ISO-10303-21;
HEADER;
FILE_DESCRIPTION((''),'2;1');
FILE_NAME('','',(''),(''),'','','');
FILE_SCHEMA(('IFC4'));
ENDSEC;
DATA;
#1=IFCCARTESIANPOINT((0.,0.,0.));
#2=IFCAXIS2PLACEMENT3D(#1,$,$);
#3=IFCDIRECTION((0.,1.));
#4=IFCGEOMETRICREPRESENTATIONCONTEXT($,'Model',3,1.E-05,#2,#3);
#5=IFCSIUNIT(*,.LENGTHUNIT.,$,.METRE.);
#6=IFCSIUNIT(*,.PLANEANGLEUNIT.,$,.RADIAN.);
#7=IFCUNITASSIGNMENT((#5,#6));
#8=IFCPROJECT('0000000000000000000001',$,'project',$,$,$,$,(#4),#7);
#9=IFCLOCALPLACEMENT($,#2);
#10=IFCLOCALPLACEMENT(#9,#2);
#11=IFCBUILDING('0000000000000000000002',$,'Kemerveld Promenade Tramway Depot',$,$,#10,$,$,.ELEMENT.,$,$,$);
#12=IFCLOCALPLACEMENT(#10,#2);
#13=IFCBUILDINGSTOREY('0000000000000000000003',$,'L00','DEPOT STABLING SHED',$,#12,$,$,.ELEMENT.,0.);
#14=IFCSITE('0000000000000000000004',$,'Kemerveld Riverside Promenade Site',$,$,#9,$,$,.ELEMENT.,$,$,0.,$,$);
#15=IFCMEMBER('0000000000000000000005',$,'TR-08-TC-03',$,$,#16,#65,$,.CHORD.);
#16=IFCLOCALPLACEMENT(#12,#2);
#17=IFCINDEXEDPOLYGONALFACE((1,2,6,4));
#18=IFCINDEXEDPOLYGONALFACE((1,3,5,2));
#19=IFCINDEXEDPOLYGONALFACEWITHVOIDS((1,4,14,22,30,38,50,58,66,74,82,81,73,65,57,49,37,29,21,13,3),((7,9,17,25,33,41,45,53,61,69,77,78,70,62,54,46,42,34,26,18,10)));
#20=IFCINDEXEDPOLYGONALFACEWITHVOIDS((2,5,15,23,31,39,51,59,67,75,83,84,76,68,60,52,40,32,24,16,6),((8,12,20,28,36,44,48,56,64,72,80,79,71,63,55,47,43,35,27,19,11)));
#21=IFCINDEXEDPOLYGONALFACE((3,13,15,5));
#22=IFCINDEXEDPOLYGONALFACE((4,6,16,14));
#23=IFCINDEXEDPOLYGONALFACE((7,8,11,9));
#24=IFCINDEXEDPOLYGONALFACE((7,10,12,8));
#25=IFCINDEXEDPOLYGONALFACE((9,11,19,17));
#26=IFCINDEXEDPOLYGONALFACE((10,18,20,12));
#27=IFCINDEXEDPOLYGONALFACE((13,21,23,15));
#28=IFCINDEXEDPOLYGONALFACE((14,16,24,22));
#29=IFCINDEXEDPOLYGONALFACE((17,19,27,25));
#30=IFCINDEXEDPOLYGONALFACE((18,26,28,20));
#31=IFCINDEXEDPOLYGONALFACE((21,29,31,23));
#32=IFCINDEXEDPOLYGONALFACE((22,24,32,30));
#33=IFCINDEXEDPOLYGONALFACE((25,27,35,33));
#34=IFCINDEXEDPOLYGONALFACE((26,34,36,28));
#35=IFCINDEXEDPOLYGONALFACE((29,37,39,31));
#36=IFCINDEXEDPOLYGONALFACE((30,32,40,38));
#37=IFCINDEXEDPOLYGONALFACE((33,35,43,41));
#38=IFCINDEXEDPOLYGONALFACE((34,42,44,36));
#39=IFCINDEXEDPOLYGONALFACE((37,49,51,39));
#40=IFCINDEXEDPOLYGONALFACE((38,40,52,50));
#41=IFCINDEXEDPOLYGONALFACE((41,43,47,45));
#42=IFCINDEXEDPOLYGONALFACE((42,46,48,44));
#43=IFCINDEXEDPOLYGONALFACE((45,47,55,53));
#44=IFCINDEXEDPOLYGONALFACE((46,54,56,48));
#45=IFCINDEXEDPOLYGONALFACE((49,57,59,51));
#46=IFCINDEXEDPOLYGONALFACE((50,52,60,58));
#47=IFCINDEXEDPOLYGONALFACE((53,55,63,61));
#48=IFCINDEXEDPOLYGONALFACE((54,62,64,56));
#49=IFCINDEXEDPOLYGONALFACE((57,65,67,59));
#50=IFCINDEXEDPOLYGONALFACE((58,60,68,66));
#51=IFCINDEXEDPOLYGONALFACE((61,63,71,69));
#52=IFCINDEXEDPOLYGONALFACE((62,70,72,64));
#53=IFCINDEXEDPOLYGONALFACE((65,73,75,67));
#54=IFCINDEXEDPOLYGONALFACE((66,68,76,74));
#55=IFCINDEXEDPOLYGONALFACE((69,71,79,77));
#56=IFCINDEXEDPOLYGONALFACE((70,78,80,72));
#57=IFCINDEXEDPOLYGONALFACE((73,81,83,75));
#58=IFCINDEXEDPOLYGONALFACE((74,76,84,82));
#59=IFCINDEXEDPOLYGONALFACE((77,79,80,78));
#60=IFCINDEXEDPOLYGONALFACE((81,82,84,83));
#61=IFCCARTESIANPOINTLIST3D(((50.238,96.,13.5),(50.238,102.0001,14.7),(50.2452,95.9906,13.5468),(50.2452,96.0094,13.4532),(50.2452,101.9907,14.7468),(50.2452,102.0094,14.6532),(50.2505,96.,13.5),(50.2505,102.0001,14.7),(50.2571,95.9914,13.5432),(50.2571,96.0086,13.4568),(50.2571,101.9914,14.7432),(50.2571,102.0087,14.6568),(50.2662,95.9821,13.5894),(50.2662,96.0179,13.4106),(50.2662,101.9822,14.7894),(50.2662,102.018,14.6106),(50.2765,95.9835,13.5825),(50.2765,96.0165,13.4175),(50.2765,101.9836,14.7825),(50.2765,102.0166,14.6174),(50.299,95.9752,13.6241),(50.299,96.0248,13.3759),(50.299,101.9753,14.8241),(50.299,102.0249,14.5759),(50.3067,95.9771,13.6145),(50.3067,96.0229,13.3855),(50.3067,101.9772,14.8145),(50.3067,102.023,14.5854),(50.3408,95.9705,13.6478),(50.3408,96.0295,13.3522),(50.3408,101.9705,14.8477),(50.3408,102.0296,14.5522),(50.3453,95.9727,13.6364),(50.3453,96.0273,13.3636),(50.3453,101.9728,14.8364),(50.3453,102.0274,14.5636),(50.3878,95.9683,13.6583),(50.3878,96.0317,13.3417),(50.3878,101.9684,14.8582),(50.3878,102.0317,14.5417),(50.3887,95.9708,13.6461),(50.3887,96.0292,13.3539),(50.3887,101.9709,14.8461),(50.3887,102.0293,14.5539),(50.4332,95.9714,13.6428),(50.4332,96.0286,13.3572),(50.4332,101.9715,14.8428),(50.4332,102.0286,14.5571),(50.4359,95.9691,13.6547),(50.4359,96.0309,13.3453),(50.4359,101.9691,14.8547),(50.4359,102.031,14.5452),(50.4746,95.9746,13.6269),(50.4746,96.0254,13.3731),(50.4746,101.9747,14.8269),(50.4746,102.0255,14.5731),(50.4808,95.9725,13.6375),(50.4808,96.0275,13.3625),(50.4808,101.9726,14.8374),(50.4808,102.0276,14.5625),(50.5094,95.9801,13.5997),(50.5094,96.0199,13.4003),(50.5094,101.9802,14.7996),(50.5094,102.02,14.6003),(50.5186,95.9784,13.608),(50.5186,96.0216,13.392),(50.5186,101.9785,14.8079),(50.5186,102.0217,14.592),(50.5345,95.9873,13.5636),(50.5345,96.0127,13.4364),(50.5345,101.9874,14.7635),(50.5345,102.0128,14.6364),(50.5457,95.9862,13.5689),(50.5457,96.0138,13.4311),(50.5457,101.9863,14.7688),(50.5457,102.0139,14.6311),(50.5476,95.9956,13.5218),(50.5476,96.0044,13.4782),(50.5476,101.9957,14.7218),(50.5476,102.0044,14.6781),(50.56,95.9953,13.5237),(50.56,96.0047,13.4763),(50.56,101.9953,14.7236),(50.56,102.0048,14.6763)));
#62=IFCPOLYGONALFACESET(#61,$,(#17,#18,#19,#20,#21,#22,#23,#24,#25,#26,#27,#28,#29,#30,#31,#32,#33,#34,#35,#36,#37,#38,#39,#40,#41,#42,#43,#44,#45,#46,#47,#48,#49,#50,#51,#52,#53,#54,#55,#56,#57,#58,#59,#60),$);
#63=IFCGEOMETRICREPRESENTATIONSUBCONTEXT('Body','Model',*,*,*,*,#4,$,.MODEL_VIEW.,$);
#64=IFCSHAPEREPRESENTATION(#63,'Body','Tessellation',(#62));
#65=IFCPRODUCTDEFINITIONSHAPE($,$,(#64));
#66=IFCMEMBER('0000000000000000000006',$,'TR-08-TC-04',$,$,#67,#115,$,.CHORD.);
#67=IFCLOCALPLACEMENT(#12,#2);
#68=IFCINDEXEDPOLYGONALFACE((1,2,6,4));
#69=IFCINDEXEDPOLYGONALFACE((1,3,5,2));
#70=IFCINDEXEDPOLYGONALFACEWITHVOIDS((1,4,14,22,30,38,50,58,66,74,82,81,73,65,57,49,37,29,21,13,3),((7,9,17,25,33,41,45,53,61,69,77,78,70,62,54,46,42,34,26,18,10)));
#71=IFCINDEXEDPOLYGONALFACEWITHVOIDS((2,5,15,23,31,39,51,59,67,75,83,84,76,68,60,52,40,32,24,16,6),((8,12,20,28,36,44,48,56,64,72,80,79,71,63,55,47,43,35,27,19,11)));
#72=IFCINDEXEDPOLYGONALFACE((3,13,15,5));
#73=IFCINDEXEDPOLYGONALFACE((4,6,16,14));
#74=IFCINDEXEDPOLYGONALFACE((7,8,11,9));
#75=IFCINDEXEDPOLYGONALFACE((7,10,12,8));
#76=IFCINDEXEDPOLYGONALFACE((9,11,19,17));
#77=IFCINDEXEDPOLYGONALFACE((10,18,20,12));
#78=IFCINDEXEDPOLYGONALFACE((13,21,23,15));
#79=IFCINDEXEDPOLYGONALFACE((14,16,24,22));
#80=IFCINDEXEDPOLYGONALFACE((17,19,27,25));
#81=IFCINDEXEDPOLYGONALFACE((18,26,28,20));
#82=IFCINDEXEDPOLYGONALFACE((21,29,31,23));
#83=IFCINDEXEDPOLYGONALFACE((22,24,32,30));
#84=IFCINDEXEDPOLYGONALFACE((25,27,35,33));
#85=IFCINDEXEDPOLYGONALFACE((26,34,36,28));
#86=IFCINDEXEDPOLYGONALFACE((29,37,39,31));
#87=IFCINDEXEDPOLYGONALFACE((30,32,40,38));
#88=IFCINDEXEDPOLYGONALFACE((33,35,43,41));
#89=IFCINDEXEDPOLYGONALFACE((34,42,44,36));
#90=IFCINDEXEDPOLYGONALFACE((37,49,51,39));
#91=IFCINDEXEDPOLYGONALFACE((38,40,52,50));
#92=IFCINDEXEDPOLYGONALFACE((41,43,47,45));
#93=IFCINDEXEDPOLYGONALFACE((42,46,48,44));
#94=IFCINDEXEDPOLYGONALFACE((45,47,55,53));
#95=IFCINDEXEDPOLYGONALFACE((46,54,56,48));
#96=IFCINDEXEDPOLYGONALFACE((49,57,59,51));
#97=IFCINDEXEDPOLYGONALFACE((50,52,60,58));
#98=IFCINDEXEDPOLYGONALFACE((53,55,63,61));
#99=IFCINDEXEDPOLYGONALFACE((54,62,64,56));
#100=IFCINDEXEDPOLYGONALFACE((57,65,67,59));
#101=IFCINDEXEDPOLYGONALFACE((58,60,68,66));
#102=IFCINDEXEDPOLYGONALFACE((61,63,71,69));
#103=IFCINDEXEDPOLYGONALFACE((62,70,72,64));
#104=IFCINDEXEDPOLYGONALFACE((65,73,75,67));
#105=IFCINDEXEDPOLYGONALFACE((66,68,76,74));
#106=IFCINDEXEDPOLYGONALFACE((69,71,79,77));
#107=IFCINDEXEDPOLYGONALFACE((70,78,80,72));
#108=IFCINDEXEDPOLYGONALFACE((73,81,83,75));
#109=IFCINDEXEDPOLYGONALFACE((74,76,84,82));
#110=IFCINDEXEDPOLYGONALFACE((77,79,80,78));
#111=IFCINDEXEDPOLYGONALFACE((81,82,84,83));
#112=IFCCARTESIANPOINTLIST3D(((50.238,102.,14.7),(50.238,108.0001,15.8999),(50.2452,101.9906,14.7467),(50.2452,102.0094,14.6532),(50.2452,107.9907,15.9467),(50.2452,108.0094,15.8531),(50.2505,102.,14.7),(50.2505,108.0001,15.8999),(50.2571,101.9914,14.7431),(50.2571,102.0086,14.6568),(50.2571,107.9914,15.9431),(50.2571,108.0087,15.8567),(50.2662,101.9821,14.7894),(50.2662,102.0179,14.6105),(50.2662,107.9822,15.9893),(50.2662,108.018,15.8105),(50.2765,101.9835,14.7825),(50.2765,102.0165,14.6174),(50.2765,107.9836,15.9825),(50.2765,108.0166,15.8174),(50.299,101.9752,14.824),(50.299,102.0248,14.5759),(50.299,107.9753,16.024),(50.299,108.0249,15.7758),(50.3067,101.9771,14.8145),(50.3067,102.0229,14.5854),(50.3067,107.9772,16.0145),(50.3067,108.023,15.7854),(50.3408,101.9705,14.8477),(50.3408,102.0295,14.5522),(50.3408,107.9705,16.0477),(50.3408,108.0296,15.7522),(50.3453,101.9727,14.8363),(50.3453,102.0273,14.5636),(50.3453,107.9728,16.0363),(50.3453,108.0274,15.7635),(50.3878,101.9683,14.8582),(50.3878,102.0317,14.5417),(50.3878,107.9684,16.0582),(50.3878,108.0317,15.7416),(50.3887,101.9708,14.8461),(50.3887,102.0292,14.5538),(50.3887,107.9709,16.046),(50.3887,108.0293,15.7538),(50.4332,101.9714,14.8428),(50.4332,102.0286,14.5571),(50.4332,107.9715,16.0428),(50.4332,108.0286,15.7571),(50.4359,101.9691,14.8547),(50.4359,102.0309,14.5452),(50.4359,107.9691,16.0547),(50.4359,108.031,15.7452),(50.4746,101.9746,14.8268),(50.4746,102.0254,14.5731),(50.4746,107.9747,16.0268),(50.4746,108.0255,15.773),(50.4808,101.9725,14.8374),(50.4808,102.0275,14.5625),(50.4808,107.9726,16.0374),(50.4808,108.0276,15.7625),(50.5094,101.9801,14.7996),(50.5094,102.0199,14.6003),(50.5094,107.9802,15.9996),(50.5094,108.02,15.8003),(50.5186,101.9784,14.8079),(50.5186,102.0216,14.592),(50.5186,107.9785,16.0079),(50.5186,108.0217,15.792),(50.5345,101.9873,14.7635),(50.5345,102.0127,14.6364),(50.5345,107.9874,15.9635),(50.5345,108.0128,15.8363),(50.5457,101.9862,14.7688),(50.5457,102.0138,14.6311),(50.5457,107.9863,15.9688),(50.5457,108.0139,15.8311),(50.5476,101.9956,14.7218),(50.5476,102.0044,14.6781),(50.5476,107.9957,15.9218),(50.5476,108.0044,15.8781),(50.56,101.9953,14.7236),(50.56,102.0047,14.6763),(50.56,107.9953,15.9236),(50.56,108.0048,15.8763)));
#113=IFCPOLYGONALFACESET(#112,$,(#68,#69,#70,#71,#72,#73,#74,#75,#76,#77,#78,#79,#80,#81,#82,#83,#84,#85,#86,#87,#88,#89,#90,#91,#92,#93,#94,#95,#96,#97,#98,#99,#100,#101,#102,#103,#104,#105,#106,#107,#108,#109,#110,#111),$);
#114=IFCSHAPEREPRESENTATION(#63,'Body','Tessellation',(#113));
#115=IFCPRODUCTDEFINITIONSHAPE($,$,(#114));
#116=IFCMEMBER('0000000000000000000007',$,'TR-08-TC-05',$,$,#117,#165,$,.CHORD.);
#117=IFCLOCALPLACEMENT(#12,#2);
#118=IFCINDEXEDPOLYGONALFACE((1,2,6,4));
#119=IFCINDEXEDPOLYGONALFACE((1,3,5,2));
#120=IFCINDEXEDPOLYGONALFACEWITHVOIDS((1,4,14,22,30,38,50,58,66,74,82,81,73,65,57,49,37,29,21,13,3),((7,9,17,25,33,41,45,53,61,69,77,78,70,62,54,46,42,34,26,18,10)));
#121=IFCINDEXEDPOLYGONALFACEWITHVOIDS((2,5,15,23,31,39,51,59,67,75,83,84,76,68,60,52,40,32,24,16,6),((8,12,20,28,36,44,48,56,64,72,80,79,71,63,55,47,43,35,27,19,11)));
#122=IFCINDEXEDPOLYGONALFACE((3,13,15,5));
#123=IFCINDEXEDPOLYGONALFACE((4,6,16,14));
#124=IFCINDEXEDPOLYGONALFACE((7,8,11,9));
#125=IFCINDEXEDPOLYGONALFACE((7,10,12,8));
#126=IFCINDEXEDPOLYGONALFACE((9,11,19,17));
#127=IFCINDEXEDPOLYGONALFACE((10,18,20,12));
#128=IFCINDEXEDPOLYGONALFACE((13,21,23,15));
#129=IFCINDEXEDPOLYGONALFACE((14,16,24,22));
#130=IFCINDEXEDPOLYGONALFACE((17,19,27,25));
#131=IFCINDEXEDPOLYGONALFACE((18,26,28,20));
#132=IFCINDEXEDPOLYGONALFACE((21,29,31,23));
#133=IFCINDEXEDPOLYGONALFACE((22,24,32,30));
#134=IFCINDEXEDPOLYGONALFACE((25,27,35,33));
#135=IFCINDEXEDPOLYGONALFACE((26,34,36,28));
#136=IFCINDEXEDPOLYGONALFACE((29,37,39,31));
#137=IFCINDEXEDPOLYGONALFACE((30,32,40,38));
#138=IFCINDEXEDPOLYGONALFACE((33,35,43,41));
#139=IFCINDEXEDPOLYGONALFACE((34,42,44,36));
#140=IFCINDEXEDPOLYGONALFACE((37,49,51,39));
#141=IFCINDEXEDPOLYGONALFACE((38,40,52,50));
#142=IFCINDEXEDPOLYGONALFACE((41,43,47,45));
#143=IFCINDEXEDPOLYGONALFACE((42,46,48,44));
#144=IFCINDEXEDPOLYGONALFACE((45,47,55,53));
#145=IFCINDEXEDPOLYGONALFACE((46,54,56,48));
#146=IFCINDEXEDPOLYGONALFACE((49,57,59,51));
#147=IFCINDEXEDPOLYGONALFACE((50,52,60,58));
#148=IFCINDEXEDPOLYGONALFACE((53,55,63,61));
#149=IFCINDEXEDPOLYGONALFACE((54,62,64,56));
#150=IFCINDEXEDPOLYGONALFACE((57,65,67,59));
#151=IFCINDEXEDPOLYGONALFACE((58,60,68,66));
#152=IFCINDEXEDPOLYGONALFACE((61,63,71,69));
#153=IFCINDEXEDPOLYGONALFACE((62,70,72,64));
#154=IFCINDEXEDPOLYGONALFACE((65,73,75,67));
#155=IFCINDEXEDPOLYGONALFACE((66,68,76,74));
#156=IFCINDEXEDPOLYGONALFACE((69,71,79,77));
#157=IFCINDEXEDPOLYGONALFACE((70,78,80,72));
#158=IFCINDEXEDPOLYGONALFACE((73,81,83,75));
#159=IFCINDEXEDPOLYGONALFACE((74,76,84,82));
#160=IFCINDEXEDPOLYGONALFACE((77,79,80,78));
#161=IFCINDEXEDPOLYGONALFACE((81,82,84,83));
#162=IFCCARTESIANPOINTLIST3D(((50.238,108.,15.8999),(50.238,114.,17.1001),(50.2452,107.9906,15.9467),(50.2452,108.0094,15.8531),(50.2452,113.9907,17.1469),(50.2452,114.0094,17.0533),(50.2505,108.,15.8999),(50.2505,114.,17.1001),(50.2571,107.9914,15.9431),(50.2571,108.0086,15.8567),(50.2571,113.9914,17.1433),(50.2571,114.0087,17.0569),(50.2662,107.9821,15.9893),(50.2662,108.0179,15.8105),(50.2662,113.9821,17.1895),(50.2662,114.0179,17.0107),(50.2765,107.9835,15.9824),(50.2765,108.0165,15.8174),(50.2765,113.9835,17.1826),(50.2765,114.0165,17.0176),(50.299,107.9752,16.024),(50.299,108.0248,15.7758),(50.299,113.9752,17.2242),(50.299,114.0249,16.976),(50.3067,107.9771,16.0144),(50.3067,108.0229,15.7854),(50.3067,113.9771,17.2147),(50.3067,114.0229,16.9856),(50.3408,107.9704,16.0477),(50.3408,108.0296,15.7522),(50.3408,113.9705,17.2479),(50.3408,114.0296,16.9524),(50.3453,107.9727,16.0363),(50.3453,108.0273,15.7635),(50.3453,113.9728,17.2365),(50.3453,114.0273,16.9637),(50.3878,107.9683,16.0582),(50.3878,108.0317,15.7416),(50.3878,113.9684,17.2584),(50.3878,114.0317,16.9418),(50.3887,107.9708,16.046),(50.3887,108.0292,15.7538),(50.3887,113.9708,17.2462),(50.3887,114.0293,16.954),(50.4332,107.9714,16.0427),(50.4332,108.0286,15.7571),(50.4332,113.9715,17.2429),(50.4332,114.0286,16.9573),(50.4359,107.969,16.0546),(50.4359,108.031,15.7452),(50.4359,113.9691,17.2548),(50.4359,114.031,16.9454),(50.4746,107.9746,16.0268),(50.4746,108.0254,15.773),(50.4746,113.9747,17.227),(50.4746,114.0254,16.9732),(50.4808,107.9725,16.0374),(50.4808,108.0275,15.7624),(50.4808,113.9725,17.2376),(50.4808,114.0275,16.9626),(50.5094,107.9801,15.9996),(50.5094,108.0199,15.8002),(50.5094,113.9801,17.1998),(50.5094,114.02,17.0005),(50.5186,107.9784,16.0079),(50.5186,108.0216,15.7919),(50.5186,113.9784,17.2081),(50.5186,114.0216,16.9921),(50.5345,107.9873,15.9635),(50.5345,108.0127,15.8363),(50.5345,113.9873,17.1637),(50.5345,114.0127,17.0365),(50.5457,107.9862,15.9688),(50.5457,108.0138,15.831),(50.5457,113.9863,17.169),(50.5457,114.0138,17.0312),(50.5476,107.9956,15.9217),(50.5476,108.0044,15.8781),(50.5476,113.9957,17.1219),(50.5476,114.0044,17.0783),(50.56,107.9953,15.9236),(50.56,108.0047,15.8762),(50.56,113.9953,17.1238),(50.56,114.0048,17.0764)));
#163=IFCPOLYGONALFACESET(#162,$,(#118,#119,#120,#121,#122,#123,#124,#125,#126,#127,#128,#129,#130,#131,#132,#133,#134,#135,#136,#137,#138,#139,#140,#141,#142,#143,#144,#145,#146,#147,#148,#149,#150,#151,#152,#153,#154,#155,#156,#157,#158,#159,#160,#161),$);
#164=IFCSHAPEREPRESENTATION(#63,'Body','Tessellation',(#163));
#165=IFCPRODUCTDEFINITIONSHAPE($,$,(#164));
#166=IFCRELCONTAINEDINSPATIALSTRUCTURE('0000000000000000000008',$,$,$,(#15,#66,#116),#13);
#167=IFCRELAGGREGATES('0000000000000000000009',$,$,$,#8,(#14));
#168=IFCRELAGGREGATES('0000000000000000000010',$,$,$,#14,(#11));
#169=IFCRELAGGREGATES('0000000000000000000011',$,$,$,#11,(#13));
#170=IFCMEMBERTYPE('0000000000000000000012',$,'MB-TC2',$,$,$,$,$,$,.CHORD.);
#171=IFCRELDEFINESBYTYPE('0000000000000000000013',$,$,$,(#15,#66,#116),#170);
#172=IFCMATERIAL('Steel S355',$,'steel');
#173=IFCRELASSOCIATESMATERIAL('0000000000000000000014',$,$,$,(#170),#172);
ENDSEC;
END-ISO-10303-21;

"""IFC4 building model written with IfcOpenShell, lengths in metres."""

from ifc_helpers import new_model, si_unit, direction, frame, origin, origin_2d, place, context, subcontext, project, spatial, hollow_circle, extrude, material, material_profile, profile_set, type_object, element, save


model = new_model("IFC4")

# Units and contexts
model_context = context("Model", 3, precision=1e-05, world=origin(), true_north=direction((0.0, 1.0)))
body_context = subcontext(model_context, "Body", "Model", "MODEL_VIEW")
ifc_project = project(units=[si_unit("LENGTHUNIT", "METRE"), si_unit("PLANEANGLEUNIT", "RADIAN")], contexts=[model_context])

# Site, building, storey
site_placement = place(None, origin())
site = spatial("IfcSite", under=ifc_project, at=site_placement, Name="Kemerveld Riverside Promenade Site", CompositionType="ELEMENT", RefElevation=0.0)
building_placement = place(site_placement, origin())
building = spatial("IfcBuilding", under=site, at=building_placement, Name="Kemerveld Promenade Tramway Depot", CompositionType="ELEMENT")
storey_placement = place(building_placement, origin())
storey = spatial("IfcBuildingStorey", under=building, at=storey_placement, Name="L00", Description="DEPOT STABLING SHED", CompositionType="ELEMENT", Elevation=0.0)

# Members
ifc_material = material(Name="Steel S355", Category="steel")
ifc_material_profile_1 = material_profile(ifc_material, hollow_circle(Radius=0.1619, WallThickness=0.0125, at=origin_2d()), Name="323.9x12.5 CHS")
ifc_profile_set_1 = profile_set([ifc_material_profile_1], Name="Steel S355")
member_type_1 = type_object("IfcMemberType", Name="MB-TC2", PredefinedType="CHORD", material=ifc_profile_set_1)
for number, where, z_axis, x_axis, name in (
    (1, (50.3999, 96.0, 13.5), (0.0, 0.980582, 0.196108), (-1.0, 0.0, 0.0), "TR-08-TC-03"),
    (2, (50.3999, 102.0, 14.7), (0.0, 0.980582, 0.196108), (-1.0, 0.0, 0.0), "TR-08-TC-04"),
    (3, (50.3999, 108.0, 15.8999), (0.0, 0.980575, 0.196147), (-1.0, 0.0, 0.0), "TR-08-TC-05"),
):
    element("IfcMember", number, at=place(storey_placement, frame(where, z_axis=z_axis, x_axis=x_axis)), inside=storey, type_object=member_type_1, Name=name, PredefinedType="CHORD", context=body_context, shape_type="SweptSolid", body=[
        extrude(hollow_circle(Radius=0.1619, WallThickness=0.0125, at=origin_2d()), origin(), (0.0, 0.0, 1.0), 6.1189),
    ])

save(model, "model.ifc")
